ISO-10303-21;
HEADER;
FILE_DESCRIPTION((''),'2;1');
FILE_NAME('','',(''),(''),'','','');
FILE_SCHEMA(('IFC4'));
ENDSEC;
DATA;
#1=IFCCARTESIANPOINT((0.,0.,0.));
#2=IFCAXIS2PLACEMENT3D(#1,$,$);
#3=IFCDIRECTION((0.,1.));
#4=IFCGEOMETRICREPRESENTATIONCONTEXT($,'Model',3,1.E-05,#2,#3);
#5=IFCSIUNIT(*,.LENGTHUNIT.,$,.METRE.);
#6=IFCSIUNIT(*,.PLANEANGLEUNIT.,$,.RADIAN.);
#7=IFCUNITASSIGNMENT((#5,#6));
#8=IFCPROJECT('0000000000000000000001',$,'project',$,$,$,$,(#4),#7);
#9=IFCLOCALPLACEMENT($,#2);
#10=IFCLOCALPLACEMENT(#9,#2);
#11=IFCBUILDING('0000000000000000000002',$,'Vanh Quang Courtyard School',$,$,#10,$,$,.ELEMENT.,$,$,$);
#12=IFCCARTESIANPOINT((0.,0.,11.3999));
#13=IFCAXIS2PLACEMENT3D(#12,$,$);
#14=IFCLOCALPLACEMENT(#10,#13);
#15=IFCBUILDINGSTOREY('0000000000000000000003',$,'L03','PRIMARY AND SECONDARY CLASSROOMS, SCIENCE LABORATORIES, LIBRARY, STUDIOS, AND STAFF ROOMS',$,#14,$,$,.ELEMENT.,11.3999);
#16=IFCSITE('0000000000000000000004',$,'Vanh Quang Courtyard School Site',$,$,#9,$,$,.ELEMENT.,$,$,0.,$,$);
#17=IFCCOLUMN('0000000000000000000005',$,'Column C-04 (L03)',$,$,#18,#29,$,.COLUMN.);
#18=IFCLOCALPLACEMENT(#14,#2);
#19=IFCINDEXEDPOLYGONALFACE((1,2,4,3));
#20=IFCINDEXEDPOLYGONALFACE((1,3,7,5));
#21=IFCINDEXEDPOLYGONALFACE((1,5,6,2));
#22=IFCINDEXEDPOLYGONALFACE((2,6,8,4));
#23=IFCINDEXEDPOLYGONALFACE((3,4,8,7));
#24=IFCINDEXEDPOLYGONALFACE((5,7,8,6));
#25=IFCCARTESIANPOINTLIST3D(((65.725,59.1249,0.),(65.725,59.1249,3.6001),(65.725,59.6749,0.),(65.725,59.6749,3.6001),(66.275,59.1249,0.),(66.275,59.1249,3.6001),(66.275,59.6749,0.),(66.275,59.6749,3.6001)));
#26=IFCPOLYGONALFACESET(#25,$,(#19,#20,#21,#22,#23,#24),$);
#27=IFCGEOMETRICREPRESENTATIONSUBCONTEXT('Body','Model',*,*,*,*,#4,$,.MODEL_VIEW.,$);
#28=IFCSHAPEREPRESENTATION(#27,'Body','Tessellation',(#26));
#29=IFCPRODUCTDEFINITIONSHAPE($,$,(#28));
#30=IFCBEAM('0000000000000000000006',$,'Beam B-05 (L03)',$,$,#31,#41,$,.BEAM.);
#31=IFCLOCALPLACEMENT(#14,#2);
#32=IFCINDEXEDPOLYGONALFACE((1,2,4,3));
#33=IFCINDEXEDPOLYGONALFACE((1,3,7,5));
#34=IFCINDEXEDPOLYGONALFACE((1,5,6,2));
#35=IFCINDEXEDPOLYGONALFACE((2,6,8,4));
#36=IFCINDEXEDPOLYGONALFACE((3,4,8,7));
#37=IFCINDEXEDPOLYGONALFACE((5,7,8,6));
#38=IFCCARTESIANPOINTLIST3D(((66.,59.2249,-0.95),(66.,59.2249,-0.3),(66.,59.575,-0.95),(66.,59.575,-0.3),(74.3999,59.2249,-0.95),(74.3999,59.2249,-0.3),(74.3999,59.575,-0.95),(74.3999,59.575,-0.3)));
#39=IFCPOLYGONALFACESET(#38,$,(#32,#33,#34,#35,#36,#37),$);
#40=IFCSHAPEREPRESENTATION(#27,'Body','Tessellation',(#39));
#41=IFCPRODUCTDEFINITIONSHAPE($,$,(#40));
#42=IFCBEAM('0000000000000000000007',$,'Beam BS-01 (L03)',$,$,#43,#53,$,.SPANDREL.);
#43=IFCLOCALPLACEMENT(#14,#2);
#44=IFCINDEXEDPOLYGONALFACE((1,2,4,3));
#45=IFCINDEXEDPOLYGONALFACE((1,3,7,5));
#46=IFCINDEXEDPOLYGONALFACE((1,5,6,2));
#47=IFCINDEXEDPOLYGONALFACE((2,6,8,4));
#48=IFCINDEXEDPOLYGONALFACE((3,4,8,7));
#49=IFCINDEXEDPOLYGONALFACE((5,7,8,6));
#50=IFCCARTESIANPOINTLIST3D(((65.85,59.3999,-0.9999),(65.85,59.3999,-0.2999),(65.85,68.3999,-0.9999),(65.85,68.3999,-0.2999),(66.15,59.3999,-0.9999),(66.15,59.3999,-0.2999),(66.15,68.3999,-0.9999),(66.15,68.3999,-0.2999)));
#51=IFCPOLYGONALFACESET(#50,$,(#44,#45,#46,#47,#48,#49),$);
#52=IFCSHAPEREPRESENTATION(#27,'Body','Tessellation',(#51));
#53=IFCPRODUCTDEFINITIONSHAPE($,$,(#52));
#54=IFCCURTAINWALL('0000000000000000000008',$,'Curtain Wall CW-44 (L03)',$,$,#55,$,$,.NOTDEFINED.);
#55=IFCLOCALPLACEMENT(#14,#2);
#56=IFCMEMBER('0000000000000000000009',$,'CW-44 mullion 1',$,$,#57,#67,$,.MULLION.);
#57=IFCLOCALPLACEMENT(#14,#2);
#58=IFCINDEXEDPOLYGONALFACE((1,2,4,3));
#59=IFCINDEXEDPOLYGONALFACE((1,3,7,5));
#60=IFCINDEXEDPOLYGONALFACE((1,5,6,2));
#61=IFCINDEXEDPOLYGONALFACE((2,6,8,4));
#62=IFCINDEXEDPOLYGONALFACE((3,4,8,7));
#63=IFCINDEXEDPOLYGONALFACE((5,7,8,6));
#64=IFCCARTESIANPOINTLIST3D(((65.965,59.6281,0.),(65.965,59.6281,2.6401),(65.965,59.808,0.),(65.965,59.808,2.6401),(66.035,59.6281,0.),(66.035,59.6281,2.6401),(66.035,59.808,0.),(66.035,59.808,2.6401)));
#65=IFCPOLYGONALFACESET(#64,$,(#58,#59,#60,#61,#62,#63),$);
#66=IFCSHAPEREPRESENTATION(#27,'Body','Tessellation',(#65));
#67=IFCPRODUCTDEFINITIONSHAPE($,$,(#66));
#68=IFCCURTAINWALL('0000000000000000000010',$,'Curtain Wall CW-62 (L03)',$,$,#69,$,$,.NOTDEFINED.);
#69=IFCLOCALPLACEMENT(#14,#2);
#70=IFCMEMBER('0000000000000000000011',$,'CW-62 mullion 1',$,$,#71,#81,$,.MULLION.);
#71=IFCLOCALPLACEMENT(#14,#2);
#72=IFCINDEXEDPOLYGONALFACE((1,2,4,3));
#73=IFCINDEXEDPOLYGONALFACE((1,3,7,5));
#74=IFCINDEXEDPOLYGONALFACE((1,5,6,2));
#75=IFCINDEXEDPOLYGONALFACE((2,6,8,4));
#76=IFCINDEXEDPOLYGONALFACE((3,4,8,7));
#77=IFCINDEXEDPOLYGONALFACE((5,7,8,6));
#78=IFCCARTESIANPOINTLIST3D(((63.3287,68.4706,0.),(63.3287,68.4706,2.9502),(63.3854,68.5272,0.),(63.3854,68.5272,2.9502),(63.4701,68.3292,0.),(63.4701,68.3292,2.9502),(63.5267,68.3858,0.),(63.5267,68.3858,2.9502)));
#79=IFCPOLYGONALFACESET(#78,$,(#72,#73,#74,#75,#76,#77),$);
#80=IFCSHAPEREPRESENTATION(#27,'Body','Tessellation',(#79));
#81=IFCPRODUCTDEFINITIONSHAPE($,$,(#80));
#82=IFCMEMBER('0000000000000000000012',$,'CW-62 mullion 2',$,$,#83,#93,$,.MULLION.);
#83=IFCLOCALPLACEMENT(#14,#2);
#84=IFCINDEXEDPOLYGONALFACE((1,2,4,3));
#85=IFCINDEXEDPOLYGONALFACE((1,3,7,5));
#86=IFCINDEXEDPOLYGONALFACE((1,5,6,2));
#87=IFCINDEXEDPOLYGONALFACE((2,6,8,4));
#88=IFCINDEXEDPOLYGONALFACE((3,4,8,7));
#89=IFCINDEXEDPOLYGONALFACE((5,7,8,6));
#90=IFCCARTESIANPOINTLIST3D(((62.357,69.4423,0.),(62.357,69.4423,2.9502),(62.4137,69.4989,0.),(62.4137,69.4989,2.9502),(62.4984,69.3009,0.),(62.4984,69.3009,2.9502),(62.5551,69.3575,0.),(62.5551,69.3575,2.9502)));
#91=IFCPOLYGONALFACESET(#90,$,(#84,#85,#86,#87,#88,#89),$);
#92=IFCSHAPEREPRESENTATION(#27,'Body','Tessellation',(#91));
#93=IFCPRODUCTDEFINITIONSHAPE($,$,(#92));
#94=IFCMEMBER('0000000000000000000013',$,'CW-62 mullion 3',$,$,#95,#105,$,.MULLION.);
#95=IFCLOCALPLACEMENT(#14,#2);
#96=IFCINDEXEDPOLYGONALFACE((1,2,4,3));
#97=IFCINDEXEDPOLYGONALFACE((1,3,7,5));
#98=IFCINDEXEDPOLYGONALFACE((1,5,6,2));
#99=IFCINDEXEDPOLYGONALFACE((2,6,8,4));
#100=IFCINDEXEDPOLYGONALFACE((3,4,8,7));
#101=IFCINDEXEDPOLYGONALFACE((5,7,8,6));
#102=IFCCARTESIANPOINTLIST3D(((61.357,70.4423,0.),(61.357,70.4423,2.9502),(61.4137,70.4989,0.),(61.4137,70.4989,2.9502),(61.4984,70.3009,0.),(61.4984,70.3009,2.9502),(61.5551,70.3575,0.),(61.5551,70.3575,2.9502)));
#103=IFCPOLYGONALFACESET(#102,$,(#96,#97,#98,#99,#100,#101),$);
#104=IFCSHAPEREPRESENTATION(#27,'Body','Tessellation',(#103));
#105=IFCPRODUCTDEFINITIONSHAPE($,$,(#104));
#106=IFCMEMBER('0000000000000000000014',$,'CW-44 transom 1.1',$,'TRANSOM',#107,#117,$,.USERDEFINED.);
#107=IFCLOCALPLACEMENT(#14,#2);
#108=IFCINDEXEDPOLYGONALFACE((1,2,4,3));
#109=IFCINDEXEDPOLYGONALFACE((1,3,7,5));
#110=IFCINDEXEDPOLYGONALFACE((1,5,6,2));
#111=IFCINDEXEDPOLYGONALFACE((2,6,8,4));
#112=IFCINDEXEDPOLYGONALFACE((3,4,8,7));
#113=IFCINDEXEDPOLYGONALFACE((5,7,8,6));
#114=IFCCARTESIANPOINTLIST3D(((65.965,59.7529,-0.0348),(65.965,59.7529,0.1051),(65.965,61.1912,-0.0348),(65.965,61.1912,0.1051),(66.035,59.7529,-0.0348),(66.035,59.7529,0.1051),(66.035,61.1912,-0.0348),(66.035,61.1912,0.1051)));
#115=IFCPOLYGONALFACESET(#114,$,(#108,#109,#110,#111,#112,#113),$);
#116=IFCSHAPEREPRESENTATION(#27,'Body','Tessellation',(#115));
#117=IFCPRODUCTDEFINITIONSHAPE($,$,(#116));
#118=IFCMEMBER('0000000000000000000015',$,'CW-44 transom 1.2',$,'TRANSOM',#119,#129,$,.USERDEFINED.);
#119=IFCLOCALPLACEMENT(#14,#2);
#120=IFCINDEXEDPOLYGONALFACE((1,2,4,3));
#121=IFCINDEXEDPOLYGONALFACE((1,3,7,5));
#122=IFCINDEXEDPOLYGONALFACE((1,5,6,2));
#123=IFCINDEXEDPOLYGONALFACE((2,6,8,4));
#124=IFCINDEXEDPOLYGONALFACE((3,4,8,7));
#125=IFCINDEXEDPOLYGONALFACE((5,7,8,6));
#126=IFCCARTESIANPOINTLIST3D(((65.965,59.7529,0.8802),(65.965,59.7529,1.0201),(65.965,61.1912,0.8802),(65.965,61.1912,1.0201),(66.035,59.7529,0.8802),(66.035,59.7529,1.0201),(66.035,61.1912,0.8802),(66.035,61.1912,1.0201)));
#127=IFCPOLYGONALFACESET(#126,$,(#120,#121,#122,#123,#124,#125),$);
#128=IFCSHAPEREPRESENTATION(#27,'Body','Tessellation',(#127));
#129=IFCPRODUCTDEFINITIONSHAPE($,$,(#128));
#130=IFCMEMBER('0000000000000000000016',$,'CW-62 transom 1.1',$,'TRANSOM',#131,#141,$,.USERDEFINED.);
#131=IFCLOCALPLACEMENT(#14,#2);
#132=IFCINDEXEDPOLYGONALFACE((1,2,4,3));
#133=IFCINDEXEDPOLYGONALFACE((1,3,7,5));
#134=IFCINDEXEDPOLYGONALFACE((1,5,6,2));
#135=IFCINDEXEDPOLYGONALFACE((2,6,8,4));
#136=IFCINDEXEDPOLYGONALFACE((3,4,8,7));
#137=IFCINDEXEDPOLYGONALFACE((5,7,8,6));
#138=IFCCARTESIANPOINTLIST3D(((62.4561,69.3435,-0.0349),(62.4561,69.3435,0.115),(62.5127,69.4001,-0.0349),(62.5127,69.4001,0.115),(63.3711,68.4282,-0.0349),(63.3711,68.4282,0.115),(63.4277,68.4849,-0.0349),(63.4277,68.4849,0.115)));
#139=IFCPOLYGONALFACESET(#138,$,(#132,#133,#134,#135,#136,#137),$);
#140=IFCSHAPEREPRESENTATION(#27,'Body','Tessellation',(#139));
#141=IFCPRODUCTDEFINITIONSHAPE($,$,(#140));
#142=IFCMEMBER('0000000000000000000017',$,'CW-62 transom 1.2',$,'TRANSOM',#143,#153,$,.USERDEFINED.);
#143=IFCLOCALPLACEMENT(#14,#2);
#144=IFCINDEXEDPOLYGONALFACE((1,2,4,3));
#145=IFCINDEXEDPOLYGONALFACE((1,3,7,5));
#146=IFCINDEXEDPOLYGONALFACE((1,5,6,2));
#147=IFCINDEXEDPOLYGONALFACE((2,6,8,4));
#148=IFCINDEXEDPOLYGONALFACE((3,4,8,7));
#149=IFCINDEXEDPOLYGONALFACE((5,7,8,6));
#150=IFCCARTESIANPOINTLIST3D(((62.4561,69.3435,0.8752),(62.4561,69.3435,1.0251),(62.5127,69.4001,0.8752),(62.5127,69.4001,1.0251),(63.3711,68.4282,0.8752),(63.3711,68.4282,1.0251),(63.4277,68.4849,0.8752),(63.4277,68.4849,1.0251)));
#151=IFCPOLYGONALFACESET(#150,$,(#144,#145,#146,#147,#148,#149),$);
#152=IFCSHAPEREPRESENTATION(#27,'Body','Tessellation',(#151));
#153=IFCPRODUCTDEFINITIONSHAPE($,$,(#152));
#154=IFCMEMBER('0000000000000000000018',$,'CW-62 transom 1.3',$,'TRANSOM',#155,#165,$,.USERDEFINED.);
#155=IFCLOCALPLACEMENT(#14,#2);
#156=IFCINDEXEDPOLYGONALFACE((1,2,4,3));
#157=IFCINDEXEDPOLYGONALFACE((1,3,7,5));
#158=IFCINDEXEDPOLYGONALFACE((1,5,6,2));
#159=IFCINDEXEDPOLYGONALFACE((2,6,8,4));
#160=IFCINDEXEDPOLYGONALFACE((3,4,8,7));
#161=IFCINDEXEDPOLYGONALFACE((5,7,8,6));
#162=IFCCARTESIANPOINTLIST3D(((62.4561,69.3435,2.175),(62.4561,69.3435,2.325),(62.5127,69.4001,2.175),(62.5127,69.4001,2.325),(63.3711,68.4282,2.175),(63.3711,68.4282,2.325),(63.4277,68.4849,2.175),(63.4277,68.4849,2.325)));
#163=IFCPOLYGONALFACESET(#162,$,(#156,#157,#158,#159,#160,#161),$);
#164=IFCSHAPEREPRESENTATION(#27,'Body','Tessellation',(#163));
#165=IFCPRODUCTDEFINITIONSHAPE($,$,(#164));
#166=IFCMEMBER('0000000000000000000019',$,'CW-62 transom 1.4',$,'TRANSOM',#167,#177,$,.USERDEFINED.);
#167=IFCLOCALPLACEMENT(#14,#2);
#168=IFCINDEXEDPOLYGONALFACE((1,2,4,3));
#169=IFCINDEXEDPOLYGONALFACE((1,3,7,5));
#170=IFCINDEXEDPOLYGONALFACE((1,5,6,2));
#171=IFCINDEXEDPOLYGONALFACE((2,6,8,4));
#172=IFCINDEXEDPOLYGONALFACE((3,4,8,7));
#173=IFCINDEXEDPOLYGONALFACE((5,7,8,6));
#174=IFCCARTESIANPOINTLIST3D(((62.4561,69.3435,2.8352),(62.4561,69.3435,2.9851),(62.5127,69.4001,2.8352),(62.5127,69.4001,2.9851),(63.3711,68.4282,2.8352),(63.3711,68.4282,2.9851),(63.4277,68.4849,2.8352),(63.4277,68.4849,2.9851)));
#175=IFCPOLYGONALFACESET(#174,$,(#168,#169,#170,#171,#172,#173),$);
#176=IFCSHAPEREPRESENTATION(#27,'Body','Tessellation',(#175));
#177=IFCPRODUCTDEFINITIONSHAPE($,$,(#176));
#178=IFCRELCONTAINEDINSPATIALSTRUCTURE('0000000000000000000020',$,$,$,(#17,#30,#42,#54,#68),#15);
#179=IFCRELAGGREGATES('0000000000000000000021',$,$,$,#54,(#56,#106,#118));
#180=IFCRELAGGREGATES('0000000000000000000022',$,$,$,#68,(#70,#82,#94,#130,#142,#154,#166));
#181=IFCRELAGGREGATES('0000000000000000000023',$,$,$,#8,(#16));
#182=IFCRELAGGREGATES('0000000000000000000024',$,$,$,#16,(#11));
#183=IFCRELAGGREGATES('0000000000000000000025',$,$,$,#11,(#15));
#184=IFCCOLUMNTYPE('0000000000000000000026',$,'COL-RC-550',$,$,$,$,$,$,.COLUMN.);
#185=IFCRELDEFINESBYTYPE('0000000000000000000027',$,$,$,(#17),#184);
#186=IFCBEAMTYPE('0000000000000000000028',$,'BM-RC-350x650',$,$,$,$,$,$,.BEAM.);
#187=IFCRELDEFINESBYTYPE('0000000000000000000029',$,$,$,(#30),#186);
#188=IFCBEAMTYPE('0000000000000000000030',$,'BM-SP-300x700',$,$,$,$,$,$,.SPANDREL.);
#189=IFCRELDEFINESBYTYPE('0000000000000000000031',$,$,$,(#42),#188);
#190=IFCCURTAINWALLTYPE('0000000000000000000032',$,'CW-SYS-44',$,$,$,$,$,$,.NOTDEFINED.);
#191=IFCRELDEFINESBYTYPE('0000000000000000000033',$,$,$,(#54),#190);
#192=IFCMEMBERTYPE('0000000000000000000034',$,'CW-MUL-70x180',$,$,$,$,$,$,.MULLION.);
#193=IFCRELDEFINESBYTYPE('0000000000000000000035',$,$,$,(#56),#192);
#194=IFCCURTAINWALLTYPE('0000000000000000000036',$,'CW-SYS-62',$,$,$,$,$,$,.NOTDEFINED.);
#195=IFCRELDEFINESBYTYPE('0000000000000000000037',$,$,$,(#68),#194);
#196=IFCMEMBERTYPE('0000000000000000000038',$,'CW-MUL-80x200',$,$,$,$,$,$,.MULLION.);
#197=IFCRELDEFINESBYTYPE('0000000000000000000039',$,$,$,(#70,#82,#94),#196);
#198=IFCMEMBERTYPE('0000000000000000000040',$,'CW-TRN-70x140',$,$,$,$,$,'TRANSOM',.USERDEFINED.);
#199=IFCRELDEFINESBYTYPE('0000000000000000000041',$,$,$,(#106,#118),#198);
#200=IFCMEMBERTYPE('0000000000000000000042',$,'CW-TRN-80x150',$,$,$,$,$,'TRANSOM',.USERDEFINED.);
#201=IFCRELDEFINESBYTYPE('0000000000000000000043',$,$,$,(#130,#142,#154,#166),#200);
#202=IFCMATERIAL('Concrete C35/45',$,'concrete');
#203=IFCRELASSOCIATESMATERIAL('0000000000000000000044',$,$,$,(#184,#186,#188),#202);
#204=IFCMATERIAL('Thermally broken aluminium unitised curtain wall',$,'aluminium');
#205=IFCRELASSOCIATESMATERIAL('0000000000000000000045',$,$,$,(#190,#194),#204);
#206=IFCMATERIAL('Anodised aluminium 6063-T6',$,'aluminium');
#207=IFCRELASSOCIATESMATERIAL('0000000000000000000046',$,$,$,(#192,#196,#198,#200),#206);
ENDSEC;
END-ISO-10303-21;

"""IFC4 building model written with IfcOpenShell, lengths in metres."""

from ifc_helpers import new_model, si_unit, direction, frame, origin, origin_2d, place, context, subcontext, project, spatial, rectangle, extrude, material, material_profile, profile_set, type_object, element, aggregate, save


model = new_model("IFC4")

# Units and contexts
model_context = context("Model", 3, precision=1e-05, world=origin(), true_north=direction((0.0, 1.0)))
body_context = subcontext(model_context, "Body", "Model", "MODEL_VIEW")
ifc_project = project(units=[si_unit("LENGTHUNIT", "METRE"), si_unit("PLANEANGLEUNIT", "RADIAN")], contexts=[model_context])

# Site, building, storey
site_placement = place(None, origin())
site = spatial("IfcSite", under=ifc_project, at=site_placement, Name="Vanh Quang Courtyard School Site", CompositionType="ELEMENT", RefElevation=0.0)
building_placement = place(site_placement, origin())
building = spatial("IfcBuilding", under=site, at=building_placement, Name="Vanh Quang Courtyard School", CompositionType="ELEMENT")
storey_placement = place(building_placement, frame((0.0, 0.0, 11.3999)))
storey = spatial("IfcBuildingStorey", under=building, at=storey_placement, Name="L03", Description="PRIMARY AND SECONDARY CLASSROOMS, SCIENCE LABORATORIES, LIBRARY, STUDIOS, AND STAFF ROOMS", CompositionType="ELEMENT", Elevation=11.3999)

# Column
ifc_material_1 = material(Name="Concrete C35/45", Category="concrete")
ifc_material_profile_1 = material_profile(ifc_material_1, rectangle(XDim=0.55, YDim=0.55, at=origin_2d()), Name="RC-COL 550x550")
ifc_profile_set_1 = profile_set([ifc_material_profile_1], Name="Concrete C35/45")
column_type = type_object("IfcColumnType", Name="COL-RC-550", PredefinedType="COLUMN", material=ifc_profile_set_1)
column_placement = place(storey_placement, frame((66.0, 59.3999, 0.0), z_axis=(0.0, 0.0, 1.0), x_axis=(1.0, 0.0, 0.0)))
element("IfcColumn", 1, at=column_placement, inside=storey, type_object=column_type, Name="Column C-04 (L03)", PredefinedType="COLUMN", context=body_context, shape_type="SweptSolid", body=[
    extrude(rectangle(XDim=0.55, YDim=0.55, at=origin_2d()), origin(), (0.0, 0.0, 1.0), 3.6001),
])

# Beams
ifc_material_profile_2 = material_profile(ifc_material_1, rectangle(XDim=0.3501, YDim=0.6499, at=origin_2d()), Name="RC-BM 350x650")
ifc_profile_set_2 = profile_set([ifc_material_profile_2], Name="Concrete C35/45")
beam_type_1 = type_object("IfcBeamType", Name="BM-RC-350x650", PredefinedType="BEAM", material=ifc_profile_set_2)
beam_1_placement = place(storey_placement, frame((66.0, 59.3999, -0.625), z_axis=(1.0, 0.0, 0.0), x_axis=(0.0, 1.0, 0.0)))
element("IfcBeam", 2, at=beam_1_placement, inside=storey, type_object=beam_type_1, Name="Beam B-05 (L03)", PredefinedType="BEAM", context=body_context, shape_type="SweptSolid", body=[
    extrude(rectangle(XDim=0.3501, YDim=0.6499, at=origin_2d()), origin(), (0.0, 0.0, 1.0), 8.3999),
])
ifc_material_profile_3 = material_profile(ifc_material_1, rectangle(XDim=0.3, YDim=0.7, at=origin_2d()), Name="RC-SP 300x700")
ifc_profile_set_3 = profile_set([ifc_material_profile_3], Name="Concrete C35/45")
beam_type_2 = type_object("IfcBeamType", Name="BM-SP-300x700", PredefinedType="SPANDREL", material=ifc_profile_set_3)
beam_2_placement = place(storey_placement, frame((66.0, 59.3999, -0.6499), z_axis=(0.0, 1.0, 0.0), x_axis=(-1.0, 0.0, 0.0)))
element("IfcBeam", 3, at=beam_2_placement, inside=storey, type_object=beam_type_2, Name="Beam BS-01 (L03)", PredefinedType="SPANDREL", context=body_context, shape_type="SweptSolid", body=[
    extrude(rectangle(XDim=0.3, YDim=0.7, at=origin_2d()), origin(), (0.0, 0.0, 1.0), 9.0),
])

# Curtain wall, member
ifc_material_2 = material(Name="Thermally broken aluminium unitised curtain wall", Category="aluminium")
curtain_wall_type_1 = type_object("IfcCurtainWallType", Name="CW-SYS-44", PredefinedType="NOTDEFINED", material=ifc_material_2)
curtain_wall_1_placement = place(storey_placement, origin())
curtain_wall_1 = element("IfcCurtainWall", 4, at=curtain_wall_1_placement, inside=storey, type_object=curtain_wall_type_1, Name="Curtain Wall CW-44 (L03)", PredefinedType="NOTDEFINED")
ifc_material_3 = material(Name="Anodised aluminium 6063-T6", Category="aluminium")
ifc_material_profile_4 = material_profile(ifc_material_3, rectangle(XDim=0.0701, YDim=0.1799, at=origin_2d()), Name="ALU-MUL 70x180")
ifc_profile_set_4 = profile_set([ifc_material_profile_4], Name="Anodised aluminium 6063-T6")
member_type_1 = type_object("IfcMemberType", Name="CW-MUL-70x180", PredefinedType="MULLION", material=ifc_profile_set_4)
member_1_placement = place(storey_placement, frame((66.0, 59.718, 0.0), z_axis=(0.0, 0.0, 1.0), x_axis=(-1.0, 0.0, 0.0)))
member_1 = element("IfcMember", 5, at=member_1_placement, type_object=member_type_1, Name="CW-44 mullion 1", PredefinedType="MULLION", context=body_context, shape_type="SweptSolid", body=[
    extrude(rectangle(XDim=0.0701, YDim=0.1799, at=origin_2d()), origin(), (0.0, 0.0, 1.0), 2.6401),
])

# Curtain wall, members
curtain_wall_type_2 = type_object("IfcCurtainWallType", Name="CW-SYS-62", PredefinedType="NOTDEFINED", material=ifc_material_2)
curtain_wall_2_placement = place(storey_placement, origin())
curtain_wall_2 = element("IfcCurtainWall", 6, at=curtain_wall_2_placement, inside=storey, type_object=curtain_wall_type_2, Name="Curtain Wall CW-62 (L03)", PredefinedType="NOTDEFINED")
ifc_material_profile_5 = material_profile(ifc_material_3, rectangle(XDim=0.0801, YDim=0.2, at=origin_2d()), Name="ALU-MUL 80x200")
ifc_profile_set_5 = profile_set([ifc_material_profile_5], Name="Anodised aluminium 6063-T6")
member_type_2 = type_object("IfcMemberType", Name="CW-MUL-80x200", PredefinedType="MULLION", material=ifc_profile_set_5)
member_2_placement = place(storey_placement, frame((63.4277, 68.4282, 0.0), z_axis=(0.0, 0.0, 1.0), x_axis=(-0.707107, -0.707107, 0.0)))
member_2 = element("IfcMember", 7, at=member_2_placement, type_object=member_type_2, Name="CW-62 mullion 1", PredefinedType="MULLION", context=body_context, shape_type="SweptSolid", body=[
    extrude(rectangle(XDim=0.0801, YDim=0.2, at=origin_2d()), origin(), (0.0, 0.0, 1.0), 2.9502),
])
member_3_placement = place(storey_placement, frame((62.4561, 69.3999, 0.0), z_axis=(0.0, 0.0, 1.0), x_axis=(-0.707107, -0.707107, 0.0)))
member_3 = element("IfcMember", 8, at=member_3_placement, type_object=member_type_2, Name="CW-62 mullion 2", PredefinedType="MULLION", context=body_context, shape_type="SweptSolid", body=[
    extrude(rectangle(XDim=0.0801, YDim=0.2, at=origin_2d()), origin(), (0.0, 0.0, 1.0), 2.9502),
])
member_4_placement = place(storey_placement, frame((61.4561, 70.3999, 0.0), z_axis=(0.0, 0.0, 1.0), x_axis=(-0.707107, -0.707107, 0.0)))
member_4 = element("IfcMember", 9, at=member_4_placement, type_object=member_type_2, Name="CW-62 mullion 3", PredefinedType="MULLION", context=body_context, shape_type="SweptSolid", body=[
    extrude(rectangle(XDim=0.0801, YDim=0.2, at=origin_2d()), origin(), (0.0, 0.0, 1.0), 2.9502),
])

# Members
ifc_material_profile_6 = material_profile(ifc_material_3, rectangle(XDim=0.0701, YDim=0.1399, at=origin_2d()), Name="ALU-TRN 70x140")
ifc_profile_set_6 = profile_set([ifc_material_profile_6], Name="Anodised aluminium 6063-T6")
member_type_3 = type_object("IfcMemberType", Name="CW-TRN-70x140", ElementType="TRANSOM", PredefinedType="USERDEFINED", material=ifc_profile_set_6)
member_5_placement = place(storey_placement, frame((66.0, 59.7529, 0.0352), z_axis=(0.0, 1.0, 0.0), x_axis=(-1.0, 0.0, 0.0)))
member_5 = element("IfcMember", 10, at=member_5_placement, type_object=member_type_3, Name="CW-44 transom 1.1", ObjectType="TRANSOM", PredefinedType="USERDEFINED", context=body_context, shape_type="SweptSolid", body=[
    extrude(rectangle(XDim=0.0701, YDim=0.1399, at=origin_2d()), origin(), (0.0, 0.0, 1.0), 1.4382),
])
member_6_placement = place(storey_placement, frame((66.0, 59.7529, 0.9502), z_axis=(0.0, 1.0, 0.0), x_axis=(-1.0, 0.0, 0.0)))
member_6 = element("IfcMember", 11, at=member_6_placement, type_object=member_type_3, Name="CW-44 transom 1.2", ObjectType="TRANSOM", PredefinedType="USERDEFINED", context=body_context, shape_type="SweptSolid", body=[
    extrude(rectangle(XDim=0.0701, YDim=0.1399, at=origin_2d()), origin(), (0.0, 0.0, 1.0), 1.4382),
])
aggregate(curtain_wall_1, [member_1, member_5, member_6])
ifc_material_profile_7 = material_profile(ifc_material_3, rectangle(XDim=0.0801, YDim=0.1499, at=origin_2d()), Name="ALU-TRN 80x150")
ifc_profile_set_7 = profile_set([ifc_material_profile_7], Name="Anodised aluminium 6063-T6")
member_type_4 = type_object("IfcMemberType", Name="CW-TRN-80x150", ElementType="TRANSOM", PredefinedType="USERDEFINED", material=ifc_profile_set_7)
member_7_placement = place(storey_placement, frame((63.3994, 68.4565, 0.04), z_axis=(-0.707012, 0.707201, 0.0), x_axis=(-0.707201, -0.707012, 0.0)))
member_7 = element("IfcMember", 12, at=member_7_placement, type_object=member_type_4, Name="CW-62 transom 1.1", ObjectType="TRANSOM", PredefinedType="USERDEFINED", context=body_context, shape_type="SweptSolid", body=[
    extrude(rectangle(XDim=0.0801, YDim=0.1499, at=origin_2d()), origin(), (0.0, 0.0, 1.0), 1.2942),
])
member_8_placement = place(storey_placement, frame((63.3994, 68.4565, 0.9502), z_axis=(-0.707012, 0.707201, 0.0), x_axis=(-0.707201, -0.707012, 0.0)))
member_8 = element("IfcMember", 13, at=member_8_placement, type_object=member_type_4, Name="CW-62 transom 1.2", ObjectType="TRANSOM", PredefinedType="USERDEFINED", context=body_context, shape_type="SweptSolid", body=[
    extrude(rectangle(XDim=0.0801, YDim=0.1499, at=origin_2d()), origin(), (0.0, 0.0, 1.0), 1.2942),
])
member_9_placement = place(storey_placement, frame((63.3994, 68.4565, 2.25), z_axis=(-0.707012, 0.707201, 0.0), x_axis=(-0.707201, -0.707012, 0.0)))
member_9 = element("IfcMember", 14, at=member_9_placement, type_object=member_type_4, Name="CW-62 transom 1.3", ObjectType="TRANSOM", PredefinedType="USERDEFINED", context=body_context, shape_type="SweptSolid", body=[
    extrude(rectangle(XDim=0.0801, YDim=0.1499, at=origin_2d()), origin(), (0.0, 0.0, 1.0), 1.2942),
])
member_10_placement = place(storey_placement, frame((63.3994, 68.4565, 2.9102), z_axis=(-0.707012, 0.707201, 0.0), x_axis=(-0.707201, -0.707012, 0.0)))
member_10 = element("IfcMember", 15, at=member_10_placement, type_object=member_type_4, Name="CW-62 transom 1.4", ObjectType="TRANSOM", PredefinedType="USERDEFINED", context=body_context, shape_type="SweptSolid", body=[
    extrude(rectangle(XDim=0.0801, YDim=0.1499, at=origin_2d()), origin(), (0.0, 0.0, 1.0), 1.2942),
])

aggregate(curtain_wall_2, [member_2, member_3, member_4, member_7, member_8, member_9, member_10])

save(model, "model.ifc")
